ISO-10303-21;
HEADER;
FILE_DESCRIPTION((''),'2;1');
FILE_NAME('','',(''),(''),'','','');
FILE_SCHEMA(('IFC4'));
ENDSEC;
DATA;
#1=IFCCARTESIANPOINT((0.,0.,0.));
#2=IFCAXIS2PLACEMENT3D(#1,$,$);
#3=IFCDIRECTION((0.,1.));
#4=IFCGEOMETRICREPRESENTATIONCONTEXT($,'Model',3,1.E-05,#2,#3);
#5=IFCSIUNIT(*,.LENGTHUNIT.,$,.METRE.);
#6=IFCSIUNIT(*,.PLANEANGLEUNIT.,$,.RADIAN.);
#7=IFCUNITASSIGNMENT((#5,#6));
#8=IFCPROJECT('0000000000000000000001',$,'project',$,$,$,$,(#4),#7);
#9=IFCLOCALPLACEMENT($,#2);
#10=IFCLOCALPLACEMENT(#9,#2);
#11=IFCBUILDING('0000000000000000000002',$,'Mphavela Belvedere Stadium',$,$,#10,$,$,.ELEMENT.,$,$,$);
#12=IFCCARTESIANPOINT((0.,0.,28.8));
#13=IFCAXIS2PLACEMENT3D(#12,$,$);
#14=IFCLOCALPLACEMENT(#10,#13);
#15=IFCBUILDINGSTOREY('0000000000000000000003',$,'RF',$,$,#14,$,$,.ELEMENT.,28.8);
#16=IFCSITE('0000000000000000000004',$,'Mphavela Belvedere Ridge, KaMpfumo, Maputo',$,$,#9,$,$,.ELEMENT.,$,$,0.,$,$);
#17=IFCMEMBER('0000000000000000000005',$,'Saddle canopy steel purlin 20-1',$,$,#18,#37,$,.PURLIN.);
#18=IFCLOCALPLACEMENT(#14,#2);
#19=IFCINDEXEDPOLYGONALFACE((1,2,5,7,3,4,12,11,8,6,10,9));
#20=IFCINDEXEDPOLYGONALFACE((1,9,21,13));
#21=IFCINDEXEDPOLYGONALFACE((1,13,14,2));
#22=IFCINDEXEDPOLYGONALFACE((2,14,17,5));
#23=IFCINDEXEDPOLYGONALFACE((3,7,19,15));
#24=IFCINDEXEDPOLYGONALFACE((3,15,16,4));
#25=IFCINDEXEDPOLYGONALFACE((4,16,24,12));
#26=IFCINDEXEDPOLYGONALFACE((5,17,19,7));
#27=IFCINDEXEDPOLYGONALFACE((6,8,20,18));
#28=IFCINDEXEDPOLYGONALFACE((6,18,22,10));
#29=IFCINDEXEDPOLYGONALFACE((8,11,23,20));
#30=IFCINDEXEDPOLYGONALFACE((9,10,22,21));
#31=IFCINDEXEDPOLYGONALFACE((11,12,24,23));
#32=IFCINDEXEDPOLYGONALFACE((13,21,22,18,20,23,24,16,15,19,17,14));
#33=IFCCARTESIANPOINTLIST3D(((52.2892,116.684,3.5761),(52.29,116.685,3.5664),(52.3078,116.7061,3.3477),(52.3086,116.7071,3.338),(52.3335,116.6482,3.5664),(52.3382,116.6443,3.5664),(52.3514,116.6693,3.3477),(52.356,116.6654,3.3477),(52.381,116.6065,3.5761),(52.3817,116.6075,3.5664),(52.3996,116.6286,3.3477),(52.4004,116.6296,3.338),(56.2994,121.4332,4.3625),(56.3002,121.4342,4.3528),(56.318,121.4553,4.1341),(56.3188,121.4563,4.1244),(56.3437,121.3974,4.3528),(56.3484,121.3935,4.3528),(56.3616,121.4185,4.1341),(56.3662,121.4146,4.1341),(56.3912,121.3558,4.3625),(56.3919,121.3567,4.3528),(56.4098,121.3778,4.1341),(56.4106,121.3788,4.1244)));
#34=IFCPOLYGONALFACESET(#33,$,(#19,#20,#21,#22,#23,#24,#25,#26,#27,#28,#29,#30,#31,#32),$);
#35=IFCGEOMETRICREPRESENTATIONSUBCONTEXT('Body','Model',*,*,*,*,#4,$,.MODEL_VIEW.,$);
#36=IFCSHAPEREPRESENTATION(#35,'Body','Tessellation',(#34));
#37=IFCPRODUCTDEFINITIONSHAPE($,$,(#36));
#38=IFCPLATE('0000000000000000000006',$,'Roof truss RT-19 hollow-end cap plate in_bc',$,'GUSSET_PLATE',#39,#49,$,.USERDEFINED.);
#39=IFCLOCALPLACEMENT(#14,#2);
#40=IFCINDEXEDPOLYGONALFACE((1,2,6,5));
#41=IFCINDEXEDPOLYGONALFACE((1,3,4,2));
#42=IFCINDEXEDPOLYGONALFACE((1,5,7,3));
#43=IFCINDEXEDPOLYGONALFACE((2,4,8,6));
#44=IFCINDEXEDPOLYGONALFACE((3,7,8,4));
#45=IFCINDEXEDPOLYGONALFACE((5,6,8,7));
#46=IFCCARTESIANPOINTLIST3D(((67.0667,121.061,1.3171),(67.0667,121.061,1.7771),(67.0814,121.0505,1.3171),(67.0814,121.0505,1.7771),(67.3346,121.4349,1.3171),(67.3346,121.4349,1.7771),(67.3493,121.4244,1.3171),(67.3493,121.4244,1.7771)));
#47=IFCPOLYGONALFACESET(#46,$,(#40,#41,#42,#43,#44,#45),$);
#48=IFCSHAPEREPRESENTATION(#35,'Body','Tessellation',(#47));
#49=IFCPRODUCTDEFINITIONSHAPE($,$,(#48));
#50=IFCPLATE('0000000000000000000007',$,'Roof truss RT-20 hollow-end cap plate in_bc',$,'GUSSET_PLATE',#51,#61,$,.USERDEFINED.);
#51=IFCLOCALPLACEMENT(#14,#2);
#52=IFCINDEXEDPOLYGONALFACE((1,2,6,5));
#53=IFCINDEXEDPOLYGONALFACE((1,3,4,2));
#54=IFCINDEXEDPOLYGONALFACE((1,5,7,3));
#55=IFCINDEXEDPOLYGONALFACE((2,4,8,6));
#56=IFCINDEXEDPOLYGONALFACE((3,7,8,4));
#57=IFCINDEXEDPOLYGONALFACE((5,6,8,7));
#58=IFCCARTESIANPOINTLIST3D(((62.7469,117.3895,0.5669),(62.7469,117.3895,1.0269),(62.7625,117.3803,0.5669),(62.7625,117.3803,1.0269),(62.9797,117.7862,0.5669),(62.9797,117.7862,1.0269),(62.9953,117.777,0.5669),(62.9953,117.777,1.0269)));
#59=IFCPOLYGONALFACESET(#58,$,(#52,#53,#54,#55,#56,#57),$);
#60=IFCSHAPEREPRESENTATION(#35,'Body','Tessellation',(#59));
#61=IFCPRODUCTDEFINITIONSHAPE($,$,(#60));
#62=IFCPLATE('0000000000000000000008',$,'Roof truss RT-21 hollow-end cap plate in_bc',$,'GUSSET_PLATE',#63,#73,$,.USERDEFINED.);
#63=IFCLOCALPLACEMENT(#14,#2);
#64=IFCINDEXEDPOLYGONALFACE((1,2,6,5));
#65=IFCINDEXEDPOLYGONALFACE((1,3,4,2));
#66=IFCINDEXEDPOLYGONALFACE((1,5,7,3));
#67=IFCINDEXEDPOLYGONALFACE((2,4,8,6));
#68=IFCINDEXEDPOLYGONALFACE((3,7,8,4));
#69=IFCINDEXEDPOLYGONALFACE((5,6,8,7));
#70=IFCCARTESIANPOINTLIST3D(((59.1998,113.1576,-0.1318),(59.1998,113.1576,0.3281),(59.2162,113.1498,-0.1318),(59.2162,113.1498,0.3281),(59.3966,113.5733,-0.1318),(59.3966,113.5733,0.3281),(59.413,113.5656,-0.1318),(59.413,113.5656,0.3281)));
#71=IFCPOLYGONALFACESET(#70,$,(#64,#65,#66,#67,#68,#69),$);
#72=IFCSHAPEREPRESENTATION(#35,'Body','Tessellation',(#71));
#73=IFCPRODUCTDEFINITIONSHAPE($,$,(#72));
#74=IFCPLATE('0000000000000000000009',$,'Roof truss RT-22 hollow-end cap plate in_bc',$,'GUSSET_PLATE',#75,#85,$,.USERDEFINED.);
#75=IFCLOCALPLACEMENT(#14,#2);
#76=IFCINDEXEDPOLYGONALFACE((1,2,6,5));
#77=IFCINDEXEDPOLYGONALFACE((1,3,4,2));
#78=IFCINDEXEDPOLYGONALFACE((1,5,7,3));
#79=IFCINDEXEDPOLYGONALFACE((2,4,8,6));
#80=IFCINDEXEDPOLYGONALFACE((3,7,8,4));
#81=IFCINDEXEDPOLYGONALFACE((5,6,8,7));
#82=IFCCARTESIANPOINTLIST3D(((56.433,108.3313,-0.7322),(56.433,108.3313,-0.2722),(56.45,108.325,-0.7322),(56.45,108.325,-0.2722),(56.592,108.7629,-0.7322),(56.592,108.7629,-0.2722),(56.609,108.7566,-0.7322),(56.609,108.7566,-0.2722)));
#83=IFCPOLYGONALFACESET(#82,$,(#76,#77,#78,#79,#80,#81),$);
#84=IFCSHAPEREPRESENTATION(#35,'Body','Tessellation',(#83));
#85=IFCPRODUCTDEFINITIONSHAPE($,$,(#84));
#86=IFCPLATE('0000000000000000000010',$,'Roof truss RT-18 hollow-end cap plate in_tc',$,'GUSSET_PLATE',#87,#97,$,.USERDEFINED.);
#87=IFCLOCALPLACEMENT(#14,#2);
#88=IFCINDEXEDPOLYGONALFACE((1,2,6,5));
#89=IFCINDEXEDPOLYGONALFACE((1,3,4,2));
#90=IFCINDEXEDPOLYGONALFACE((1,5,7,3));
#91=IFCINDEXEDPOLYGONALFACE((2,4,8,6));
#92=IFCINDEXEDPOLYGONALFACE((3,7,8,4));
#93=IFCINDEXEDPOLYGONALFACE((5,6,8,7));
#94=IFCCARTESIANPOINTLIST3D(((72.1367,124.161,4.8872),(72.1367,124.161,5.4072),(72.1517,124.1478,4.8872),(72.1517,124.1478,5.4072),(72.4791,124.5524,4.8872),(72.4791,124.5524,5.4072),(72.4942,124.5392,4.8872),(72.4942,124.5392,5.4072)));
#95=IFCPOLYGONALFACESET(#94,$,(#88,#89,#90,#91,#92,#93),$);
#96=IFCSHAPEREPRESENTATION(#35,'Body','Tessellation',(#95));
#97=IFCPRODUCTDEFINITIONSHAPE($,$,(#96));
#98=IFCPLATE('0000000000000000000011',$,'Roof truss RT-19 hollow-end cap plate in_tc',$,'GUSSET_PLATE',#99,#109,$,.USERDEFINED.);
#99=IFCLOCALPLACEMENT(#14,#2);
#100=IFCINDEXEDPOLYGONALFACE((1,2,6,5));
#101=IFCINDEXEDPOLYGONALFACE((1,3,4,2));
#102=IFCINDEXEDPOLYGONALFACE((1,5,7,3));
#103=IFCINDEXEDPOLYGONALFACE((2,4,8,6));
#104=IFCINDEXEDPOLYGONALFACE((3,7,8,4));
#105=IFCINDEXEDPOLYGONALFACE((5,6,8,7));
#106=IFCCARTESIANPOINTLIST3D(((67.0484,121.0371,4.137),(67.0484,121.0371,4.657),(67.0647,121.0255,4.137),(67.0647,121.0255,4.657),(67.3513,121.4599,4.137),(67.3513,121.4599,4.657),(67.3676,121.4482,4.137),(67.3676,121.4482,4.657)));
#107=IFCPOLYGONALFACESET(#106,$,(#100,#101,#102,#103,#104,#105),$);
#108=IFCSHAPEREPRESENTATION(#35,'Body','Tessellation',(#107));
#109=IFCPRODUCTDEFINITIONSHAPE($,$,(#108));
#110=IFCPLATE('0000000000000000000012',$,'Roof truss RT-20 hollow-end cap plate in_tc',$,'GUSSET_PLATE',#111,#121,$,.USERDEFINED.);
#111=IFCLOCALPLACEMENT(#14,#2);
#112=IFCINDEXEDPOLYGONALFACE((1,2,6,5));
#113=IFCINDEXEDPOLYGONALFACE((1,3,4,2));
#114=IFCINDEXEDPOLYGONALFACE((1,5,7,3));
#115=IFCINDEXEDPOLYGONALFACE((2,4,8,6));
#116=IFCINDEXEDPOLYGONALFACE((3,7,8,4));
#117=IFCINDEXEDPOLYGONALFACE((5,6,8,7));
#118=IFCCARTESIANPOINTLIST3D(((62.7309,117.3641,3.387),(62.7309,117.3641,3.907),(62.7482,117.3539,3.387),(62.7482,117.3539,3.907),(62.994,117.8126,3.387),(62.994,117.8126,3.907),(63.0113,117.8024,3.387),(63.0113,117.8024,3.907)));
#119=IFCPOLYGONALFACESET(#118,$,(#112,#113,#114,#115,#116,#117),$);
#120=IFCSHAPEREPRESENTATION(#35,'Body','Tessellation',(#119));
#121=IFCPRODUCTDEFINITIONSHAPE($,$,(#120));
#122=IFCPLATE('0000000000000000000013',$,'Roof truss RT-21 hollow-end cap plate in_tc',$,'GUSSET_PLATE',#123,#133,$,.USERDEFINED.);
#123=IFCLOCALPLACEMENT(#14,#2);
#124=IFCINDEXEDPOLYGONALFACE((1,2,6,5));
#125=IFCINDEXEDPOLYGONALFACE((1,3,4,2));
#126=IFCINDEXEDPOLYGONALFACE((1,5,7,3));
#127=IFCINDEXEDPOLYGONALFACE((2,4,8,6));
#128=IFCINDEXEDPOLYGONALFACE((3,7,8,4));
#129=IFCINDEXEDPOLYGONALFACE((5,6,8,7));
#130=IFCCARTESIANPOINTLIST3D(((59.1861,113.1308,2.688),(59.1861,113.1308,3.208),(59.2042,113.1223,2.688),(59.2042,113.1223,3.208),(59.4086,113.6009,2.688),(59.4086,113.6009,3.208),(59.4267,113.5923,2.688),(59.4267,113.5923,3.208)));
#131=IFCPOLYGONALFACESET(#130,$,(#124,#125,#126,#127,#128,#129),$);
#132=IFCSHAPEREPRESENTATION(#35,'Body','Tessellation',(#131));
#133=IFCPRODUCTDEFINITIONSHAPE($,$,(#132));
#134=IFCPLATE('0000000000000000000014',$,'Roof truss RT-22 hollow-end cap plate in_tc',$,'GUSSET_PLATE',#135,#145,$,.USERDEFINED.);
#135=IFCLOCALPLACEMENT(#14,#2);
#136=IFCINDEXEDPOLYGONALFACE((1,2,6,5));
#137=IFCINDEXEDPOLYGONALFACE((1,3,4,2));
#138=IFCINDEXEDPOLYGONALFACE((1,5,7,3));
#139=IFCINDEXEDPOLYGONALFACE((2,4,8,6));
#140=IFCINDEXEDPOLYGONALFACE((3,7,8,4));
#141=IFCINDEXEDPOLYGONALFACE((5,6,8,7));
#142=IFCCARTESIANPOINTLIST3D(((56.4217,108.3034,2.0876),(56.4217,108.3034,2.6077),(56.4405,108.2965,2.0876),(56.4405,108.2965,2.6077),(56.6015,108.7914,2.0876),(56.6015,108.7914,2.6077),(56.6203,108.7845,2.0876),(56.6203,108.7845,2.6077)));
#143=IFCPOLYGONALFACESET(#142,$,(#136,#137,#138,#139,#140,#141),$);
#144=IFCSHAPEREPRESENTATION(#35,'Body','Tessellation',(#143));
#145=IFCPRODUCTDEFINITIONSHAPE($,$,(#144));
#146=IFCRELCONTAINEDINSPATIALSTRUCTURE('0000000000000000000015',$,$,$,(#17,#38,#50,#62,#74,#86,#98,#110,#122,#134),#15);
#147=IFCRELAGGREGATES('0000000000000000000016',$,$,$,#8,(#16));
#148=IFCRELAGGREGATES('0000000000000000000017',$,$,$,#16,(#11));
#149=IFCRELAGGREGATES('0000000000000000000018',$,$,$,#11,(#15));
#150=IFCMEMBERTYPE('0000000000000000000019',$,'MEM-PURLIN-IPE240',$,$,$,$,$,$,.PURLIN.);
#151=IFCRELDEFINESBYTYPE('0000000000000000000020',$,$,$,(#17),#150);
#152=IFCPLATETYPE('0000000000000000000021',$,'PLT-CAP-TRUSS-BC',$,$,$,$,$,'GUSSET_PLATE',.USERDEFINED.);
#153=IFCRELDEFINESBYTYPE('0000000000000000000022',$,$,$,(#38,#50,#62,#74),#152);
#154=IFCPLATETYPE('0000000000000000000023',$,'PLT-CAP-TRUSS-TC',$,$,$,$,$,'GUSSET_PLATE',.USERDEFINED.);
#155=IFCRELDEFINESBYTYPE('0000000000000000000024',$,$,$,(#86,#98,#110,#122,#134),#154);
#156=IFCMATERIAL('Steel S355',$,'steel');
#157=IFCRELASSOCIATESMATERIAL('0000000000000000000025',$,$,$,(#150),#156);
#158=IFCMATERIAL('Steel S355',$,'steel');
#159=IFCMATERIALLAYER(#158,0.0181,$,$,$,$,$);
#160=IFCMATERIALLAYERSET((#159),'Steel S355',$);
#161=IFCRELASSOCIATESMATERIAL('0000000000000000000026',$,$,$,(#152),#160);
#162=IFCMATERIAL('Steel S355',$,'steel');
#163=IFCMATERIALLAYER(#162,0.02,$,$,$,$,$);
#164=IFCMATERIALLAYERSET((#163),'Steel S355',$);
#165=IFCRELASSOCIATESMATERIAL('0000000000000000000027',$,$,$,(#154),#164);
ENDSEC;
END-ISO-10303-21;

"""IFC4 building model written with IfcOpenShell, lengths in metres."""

from ifc_helpers import new_model, si_unit, direction, frame, origin, origin_2d, place, context, subcontext, project, spatial, rectangle, i_section, extrude, material, layer, layer_set, material_profile, profile_set, type_object, element, save


model = new_model("IFC4")

# Units and contexts
model_context = context("Model", 3, precision=1e-05, world=origin(), true_north=direction((0.0, 1.0)))
body_context = subcontext(model_context, "Body", "Model", "MODEL_VIEW")
ifc_project = project(units=[si_unit("LENGTHUNIT", "METRE"), si_unit("PLANEANGLEUNIT", "RADIAN")], contexts=[model_context])

# Site, building, storey
site_placement = place(None, origin())
site = spatial("IfcSite", under=ifc_project, at=site_placement, Name="Mphavela Belvedere Ridge, KaMpfumo, Maputo", CompositionType="ELEMENT", RefElevation=0.0)
building_placement = place(site_placement, origin())
building = spatial("IfcBuilding", under=site, at=building_placement, Name="Mphavela Belvedere Stadium", CompositionType="ELEMENT")
storey_placement = place(building_placement, frame((0.0, 0.0, 28.8)))
storey = spatial("IfcBuildingStorey", under=building, at=storey_placement, Name="RF", CompositionType="ELEMENT", Elevation=28.8)

# Member
ifc_material_1 = material(Name="Steel S355", Category="steel")
ifc_material_profile_1 = material_profile(ifc_material_1, i_section(OverallWidth=0.1201, OverallDepth=0.24, WebThickness=0.0061, FlangeThickness=0.0098, at=origin_2d()), Name="IPE 240")
ifc_profile_set_1 = profile_set([ifc_material_profile_1], Name="Steel S355")
member_type_1 = type_object("IfcMemberType", Name="MEM-PURLIN-IPE240", PredefinedType="PURLIN", material=ifc_profile_set_1)
member_1_placement = place(storey_placement, frame((56.355, 121.406, 4.2434), z_axis=(-0.640057, -0.758007, -0.12551), x_axis=(0.764049, -0.645158, 0.0)))
element("IfcMember", 1, at=member_1_placement, inside=storey, type_object=member_type_1, Name="Saddle canopy steel purlin 20-1", PredefinedType="PURLIN", context=body_context, shape_type="SweptSolid", body=[
    extrude(i_section(OverallWidth=0.1201, OverallDepth=0.24, WebThickness=0.0061, FlangeThickness=0.0098, at=origin_2d()), origin(), (0.0, 0.0, 1.0), 6.2654),
])

# Plates
ifc_material_2 = material(Name="Steel S355", Category="steel")
ifc_layer_1 = layer(ifc_material_2, 0.0181)
ifc_layer_set_1 = layer_set([ifc_layer_1], Name="Steel S355")
plate_type_1 = type_object("IfcPlateType", Name="PLT-CAP-TRUSS-BC", ElementType="GUSSET_PLATE", PredefinedType="USERDEFINED", material=ifc_layer_set_1)
for number, where, z_axis, x_axis, name in (
    (2, (67.208, 121.2427, 1.3171), (0.0, 0.0, 1.0), (-0.812898, 0.582407, 0.0), "Roof truss RT-19 hollow-end cap plate in_bc"),
    (3, (62.8711, 117.5833, 0.5669), (0.0, 0.0, 1.0), (-0.862514, 0.506034, 0.0), "Roof truss RT-20 hollow-end cap plate in_bc"),
    (4, (59.3064, 113.3616, -0.1318), (0.0, 0.0, 1.0), (-0.903859, 0.427831, 0.0), "Roof truss RT-21 hollow-end cap plate in_bc"),
    (5, (56.521, 108.5439, -0.7322), (0.0, 0.0, 1.0), (-0.938372, 0.345626, 0.0), "Roof truss RT-22 hollow-end cap plate in_bc"),
):
    element("IfcPlate", number, at=place(storey_placement, frame(where, z_axis=z_axis, x_axis=x_axis)), inside=storey, type_object=plate_type_1, Name=name, ObjectType="GUSSET_PLATE", PredefinedType="USERDEFINED", context=body_context, shape_type="SweptSolid", body=[
        extrude(rectangle(XDim=0.0181, YDim=0.46, at=origin_2d()), origin(), (0.0, 0.0, 1.0), 0.46),
    ])
ifc_material_3 = material(Name="Steel S355", Category="steel")
ifc_layer_2 = layer(ifc_material_3, 0.02)
ifc_layer_set_2 = layer_set([ifc_layer_2], Name="Steel S355")
plate_type_2 = type_object("IfcPlateType", Name="PLT-CAP-TRUSS-TC", ElementType="GUSSET_PLATE", PredefinedType="USERDEFINED", material=ifc_layer_set_2)
for number, where, z_axis, x_axis, name in (
    (6, (72.3154, 124.3501, 4.8872), (0.0, 0.0, 1.0), (-0.75253, 0.658558, 0.0), "Roof truss RT-18 hollow-end cap plate in_tc"),
    (7, (67.208, 121.2427, 4.137), (0.0, 0.0, 1.0), (-0.812898, 0.582407, 0.0), "Roof truss RT-19 hollow-end cap plate in_tc"),
    (8, (62.8711, 117.5833, 3.387), (0.0, 0.0, 1.0), (-0.862514, 0.506034, 0.0), "Roof truss RT-20 hollow-end cap plate in_tc"),
    (9, (59.3064, 113.3616, 2.688), (0.0, 0.0, 1.0), (-0.903859, 0.427831, 0.0), "Roof truss RT-21 hollow-end cap plate in_tc"),
    (10, (56.521, 108.5439, 2.0876), (0.0, 0.0, 1.0), (-0.938372, 0.345626, 0.0), "Roof truss RT-22 hollow-end cap plate in_tc"),
):
    element("IfcPlate", number, at=place(storey_placement, frame(where, z_axis=z_axis, x_axis=x_axis)), inside=storey, type_object=plate_type_2, Name=name, ObjectType="GUSSET_PLATE", PredefinedType="USERDEFINED", context=body_context, shape_type="SweptSolid", body=[
        extrude(rectangle(XDim=0.02, YDim=0.52, at=origin_2d()), origin(), (0.0, 0.0, 1.0), 0.52),
    ])

save(model, "model.ifc")
